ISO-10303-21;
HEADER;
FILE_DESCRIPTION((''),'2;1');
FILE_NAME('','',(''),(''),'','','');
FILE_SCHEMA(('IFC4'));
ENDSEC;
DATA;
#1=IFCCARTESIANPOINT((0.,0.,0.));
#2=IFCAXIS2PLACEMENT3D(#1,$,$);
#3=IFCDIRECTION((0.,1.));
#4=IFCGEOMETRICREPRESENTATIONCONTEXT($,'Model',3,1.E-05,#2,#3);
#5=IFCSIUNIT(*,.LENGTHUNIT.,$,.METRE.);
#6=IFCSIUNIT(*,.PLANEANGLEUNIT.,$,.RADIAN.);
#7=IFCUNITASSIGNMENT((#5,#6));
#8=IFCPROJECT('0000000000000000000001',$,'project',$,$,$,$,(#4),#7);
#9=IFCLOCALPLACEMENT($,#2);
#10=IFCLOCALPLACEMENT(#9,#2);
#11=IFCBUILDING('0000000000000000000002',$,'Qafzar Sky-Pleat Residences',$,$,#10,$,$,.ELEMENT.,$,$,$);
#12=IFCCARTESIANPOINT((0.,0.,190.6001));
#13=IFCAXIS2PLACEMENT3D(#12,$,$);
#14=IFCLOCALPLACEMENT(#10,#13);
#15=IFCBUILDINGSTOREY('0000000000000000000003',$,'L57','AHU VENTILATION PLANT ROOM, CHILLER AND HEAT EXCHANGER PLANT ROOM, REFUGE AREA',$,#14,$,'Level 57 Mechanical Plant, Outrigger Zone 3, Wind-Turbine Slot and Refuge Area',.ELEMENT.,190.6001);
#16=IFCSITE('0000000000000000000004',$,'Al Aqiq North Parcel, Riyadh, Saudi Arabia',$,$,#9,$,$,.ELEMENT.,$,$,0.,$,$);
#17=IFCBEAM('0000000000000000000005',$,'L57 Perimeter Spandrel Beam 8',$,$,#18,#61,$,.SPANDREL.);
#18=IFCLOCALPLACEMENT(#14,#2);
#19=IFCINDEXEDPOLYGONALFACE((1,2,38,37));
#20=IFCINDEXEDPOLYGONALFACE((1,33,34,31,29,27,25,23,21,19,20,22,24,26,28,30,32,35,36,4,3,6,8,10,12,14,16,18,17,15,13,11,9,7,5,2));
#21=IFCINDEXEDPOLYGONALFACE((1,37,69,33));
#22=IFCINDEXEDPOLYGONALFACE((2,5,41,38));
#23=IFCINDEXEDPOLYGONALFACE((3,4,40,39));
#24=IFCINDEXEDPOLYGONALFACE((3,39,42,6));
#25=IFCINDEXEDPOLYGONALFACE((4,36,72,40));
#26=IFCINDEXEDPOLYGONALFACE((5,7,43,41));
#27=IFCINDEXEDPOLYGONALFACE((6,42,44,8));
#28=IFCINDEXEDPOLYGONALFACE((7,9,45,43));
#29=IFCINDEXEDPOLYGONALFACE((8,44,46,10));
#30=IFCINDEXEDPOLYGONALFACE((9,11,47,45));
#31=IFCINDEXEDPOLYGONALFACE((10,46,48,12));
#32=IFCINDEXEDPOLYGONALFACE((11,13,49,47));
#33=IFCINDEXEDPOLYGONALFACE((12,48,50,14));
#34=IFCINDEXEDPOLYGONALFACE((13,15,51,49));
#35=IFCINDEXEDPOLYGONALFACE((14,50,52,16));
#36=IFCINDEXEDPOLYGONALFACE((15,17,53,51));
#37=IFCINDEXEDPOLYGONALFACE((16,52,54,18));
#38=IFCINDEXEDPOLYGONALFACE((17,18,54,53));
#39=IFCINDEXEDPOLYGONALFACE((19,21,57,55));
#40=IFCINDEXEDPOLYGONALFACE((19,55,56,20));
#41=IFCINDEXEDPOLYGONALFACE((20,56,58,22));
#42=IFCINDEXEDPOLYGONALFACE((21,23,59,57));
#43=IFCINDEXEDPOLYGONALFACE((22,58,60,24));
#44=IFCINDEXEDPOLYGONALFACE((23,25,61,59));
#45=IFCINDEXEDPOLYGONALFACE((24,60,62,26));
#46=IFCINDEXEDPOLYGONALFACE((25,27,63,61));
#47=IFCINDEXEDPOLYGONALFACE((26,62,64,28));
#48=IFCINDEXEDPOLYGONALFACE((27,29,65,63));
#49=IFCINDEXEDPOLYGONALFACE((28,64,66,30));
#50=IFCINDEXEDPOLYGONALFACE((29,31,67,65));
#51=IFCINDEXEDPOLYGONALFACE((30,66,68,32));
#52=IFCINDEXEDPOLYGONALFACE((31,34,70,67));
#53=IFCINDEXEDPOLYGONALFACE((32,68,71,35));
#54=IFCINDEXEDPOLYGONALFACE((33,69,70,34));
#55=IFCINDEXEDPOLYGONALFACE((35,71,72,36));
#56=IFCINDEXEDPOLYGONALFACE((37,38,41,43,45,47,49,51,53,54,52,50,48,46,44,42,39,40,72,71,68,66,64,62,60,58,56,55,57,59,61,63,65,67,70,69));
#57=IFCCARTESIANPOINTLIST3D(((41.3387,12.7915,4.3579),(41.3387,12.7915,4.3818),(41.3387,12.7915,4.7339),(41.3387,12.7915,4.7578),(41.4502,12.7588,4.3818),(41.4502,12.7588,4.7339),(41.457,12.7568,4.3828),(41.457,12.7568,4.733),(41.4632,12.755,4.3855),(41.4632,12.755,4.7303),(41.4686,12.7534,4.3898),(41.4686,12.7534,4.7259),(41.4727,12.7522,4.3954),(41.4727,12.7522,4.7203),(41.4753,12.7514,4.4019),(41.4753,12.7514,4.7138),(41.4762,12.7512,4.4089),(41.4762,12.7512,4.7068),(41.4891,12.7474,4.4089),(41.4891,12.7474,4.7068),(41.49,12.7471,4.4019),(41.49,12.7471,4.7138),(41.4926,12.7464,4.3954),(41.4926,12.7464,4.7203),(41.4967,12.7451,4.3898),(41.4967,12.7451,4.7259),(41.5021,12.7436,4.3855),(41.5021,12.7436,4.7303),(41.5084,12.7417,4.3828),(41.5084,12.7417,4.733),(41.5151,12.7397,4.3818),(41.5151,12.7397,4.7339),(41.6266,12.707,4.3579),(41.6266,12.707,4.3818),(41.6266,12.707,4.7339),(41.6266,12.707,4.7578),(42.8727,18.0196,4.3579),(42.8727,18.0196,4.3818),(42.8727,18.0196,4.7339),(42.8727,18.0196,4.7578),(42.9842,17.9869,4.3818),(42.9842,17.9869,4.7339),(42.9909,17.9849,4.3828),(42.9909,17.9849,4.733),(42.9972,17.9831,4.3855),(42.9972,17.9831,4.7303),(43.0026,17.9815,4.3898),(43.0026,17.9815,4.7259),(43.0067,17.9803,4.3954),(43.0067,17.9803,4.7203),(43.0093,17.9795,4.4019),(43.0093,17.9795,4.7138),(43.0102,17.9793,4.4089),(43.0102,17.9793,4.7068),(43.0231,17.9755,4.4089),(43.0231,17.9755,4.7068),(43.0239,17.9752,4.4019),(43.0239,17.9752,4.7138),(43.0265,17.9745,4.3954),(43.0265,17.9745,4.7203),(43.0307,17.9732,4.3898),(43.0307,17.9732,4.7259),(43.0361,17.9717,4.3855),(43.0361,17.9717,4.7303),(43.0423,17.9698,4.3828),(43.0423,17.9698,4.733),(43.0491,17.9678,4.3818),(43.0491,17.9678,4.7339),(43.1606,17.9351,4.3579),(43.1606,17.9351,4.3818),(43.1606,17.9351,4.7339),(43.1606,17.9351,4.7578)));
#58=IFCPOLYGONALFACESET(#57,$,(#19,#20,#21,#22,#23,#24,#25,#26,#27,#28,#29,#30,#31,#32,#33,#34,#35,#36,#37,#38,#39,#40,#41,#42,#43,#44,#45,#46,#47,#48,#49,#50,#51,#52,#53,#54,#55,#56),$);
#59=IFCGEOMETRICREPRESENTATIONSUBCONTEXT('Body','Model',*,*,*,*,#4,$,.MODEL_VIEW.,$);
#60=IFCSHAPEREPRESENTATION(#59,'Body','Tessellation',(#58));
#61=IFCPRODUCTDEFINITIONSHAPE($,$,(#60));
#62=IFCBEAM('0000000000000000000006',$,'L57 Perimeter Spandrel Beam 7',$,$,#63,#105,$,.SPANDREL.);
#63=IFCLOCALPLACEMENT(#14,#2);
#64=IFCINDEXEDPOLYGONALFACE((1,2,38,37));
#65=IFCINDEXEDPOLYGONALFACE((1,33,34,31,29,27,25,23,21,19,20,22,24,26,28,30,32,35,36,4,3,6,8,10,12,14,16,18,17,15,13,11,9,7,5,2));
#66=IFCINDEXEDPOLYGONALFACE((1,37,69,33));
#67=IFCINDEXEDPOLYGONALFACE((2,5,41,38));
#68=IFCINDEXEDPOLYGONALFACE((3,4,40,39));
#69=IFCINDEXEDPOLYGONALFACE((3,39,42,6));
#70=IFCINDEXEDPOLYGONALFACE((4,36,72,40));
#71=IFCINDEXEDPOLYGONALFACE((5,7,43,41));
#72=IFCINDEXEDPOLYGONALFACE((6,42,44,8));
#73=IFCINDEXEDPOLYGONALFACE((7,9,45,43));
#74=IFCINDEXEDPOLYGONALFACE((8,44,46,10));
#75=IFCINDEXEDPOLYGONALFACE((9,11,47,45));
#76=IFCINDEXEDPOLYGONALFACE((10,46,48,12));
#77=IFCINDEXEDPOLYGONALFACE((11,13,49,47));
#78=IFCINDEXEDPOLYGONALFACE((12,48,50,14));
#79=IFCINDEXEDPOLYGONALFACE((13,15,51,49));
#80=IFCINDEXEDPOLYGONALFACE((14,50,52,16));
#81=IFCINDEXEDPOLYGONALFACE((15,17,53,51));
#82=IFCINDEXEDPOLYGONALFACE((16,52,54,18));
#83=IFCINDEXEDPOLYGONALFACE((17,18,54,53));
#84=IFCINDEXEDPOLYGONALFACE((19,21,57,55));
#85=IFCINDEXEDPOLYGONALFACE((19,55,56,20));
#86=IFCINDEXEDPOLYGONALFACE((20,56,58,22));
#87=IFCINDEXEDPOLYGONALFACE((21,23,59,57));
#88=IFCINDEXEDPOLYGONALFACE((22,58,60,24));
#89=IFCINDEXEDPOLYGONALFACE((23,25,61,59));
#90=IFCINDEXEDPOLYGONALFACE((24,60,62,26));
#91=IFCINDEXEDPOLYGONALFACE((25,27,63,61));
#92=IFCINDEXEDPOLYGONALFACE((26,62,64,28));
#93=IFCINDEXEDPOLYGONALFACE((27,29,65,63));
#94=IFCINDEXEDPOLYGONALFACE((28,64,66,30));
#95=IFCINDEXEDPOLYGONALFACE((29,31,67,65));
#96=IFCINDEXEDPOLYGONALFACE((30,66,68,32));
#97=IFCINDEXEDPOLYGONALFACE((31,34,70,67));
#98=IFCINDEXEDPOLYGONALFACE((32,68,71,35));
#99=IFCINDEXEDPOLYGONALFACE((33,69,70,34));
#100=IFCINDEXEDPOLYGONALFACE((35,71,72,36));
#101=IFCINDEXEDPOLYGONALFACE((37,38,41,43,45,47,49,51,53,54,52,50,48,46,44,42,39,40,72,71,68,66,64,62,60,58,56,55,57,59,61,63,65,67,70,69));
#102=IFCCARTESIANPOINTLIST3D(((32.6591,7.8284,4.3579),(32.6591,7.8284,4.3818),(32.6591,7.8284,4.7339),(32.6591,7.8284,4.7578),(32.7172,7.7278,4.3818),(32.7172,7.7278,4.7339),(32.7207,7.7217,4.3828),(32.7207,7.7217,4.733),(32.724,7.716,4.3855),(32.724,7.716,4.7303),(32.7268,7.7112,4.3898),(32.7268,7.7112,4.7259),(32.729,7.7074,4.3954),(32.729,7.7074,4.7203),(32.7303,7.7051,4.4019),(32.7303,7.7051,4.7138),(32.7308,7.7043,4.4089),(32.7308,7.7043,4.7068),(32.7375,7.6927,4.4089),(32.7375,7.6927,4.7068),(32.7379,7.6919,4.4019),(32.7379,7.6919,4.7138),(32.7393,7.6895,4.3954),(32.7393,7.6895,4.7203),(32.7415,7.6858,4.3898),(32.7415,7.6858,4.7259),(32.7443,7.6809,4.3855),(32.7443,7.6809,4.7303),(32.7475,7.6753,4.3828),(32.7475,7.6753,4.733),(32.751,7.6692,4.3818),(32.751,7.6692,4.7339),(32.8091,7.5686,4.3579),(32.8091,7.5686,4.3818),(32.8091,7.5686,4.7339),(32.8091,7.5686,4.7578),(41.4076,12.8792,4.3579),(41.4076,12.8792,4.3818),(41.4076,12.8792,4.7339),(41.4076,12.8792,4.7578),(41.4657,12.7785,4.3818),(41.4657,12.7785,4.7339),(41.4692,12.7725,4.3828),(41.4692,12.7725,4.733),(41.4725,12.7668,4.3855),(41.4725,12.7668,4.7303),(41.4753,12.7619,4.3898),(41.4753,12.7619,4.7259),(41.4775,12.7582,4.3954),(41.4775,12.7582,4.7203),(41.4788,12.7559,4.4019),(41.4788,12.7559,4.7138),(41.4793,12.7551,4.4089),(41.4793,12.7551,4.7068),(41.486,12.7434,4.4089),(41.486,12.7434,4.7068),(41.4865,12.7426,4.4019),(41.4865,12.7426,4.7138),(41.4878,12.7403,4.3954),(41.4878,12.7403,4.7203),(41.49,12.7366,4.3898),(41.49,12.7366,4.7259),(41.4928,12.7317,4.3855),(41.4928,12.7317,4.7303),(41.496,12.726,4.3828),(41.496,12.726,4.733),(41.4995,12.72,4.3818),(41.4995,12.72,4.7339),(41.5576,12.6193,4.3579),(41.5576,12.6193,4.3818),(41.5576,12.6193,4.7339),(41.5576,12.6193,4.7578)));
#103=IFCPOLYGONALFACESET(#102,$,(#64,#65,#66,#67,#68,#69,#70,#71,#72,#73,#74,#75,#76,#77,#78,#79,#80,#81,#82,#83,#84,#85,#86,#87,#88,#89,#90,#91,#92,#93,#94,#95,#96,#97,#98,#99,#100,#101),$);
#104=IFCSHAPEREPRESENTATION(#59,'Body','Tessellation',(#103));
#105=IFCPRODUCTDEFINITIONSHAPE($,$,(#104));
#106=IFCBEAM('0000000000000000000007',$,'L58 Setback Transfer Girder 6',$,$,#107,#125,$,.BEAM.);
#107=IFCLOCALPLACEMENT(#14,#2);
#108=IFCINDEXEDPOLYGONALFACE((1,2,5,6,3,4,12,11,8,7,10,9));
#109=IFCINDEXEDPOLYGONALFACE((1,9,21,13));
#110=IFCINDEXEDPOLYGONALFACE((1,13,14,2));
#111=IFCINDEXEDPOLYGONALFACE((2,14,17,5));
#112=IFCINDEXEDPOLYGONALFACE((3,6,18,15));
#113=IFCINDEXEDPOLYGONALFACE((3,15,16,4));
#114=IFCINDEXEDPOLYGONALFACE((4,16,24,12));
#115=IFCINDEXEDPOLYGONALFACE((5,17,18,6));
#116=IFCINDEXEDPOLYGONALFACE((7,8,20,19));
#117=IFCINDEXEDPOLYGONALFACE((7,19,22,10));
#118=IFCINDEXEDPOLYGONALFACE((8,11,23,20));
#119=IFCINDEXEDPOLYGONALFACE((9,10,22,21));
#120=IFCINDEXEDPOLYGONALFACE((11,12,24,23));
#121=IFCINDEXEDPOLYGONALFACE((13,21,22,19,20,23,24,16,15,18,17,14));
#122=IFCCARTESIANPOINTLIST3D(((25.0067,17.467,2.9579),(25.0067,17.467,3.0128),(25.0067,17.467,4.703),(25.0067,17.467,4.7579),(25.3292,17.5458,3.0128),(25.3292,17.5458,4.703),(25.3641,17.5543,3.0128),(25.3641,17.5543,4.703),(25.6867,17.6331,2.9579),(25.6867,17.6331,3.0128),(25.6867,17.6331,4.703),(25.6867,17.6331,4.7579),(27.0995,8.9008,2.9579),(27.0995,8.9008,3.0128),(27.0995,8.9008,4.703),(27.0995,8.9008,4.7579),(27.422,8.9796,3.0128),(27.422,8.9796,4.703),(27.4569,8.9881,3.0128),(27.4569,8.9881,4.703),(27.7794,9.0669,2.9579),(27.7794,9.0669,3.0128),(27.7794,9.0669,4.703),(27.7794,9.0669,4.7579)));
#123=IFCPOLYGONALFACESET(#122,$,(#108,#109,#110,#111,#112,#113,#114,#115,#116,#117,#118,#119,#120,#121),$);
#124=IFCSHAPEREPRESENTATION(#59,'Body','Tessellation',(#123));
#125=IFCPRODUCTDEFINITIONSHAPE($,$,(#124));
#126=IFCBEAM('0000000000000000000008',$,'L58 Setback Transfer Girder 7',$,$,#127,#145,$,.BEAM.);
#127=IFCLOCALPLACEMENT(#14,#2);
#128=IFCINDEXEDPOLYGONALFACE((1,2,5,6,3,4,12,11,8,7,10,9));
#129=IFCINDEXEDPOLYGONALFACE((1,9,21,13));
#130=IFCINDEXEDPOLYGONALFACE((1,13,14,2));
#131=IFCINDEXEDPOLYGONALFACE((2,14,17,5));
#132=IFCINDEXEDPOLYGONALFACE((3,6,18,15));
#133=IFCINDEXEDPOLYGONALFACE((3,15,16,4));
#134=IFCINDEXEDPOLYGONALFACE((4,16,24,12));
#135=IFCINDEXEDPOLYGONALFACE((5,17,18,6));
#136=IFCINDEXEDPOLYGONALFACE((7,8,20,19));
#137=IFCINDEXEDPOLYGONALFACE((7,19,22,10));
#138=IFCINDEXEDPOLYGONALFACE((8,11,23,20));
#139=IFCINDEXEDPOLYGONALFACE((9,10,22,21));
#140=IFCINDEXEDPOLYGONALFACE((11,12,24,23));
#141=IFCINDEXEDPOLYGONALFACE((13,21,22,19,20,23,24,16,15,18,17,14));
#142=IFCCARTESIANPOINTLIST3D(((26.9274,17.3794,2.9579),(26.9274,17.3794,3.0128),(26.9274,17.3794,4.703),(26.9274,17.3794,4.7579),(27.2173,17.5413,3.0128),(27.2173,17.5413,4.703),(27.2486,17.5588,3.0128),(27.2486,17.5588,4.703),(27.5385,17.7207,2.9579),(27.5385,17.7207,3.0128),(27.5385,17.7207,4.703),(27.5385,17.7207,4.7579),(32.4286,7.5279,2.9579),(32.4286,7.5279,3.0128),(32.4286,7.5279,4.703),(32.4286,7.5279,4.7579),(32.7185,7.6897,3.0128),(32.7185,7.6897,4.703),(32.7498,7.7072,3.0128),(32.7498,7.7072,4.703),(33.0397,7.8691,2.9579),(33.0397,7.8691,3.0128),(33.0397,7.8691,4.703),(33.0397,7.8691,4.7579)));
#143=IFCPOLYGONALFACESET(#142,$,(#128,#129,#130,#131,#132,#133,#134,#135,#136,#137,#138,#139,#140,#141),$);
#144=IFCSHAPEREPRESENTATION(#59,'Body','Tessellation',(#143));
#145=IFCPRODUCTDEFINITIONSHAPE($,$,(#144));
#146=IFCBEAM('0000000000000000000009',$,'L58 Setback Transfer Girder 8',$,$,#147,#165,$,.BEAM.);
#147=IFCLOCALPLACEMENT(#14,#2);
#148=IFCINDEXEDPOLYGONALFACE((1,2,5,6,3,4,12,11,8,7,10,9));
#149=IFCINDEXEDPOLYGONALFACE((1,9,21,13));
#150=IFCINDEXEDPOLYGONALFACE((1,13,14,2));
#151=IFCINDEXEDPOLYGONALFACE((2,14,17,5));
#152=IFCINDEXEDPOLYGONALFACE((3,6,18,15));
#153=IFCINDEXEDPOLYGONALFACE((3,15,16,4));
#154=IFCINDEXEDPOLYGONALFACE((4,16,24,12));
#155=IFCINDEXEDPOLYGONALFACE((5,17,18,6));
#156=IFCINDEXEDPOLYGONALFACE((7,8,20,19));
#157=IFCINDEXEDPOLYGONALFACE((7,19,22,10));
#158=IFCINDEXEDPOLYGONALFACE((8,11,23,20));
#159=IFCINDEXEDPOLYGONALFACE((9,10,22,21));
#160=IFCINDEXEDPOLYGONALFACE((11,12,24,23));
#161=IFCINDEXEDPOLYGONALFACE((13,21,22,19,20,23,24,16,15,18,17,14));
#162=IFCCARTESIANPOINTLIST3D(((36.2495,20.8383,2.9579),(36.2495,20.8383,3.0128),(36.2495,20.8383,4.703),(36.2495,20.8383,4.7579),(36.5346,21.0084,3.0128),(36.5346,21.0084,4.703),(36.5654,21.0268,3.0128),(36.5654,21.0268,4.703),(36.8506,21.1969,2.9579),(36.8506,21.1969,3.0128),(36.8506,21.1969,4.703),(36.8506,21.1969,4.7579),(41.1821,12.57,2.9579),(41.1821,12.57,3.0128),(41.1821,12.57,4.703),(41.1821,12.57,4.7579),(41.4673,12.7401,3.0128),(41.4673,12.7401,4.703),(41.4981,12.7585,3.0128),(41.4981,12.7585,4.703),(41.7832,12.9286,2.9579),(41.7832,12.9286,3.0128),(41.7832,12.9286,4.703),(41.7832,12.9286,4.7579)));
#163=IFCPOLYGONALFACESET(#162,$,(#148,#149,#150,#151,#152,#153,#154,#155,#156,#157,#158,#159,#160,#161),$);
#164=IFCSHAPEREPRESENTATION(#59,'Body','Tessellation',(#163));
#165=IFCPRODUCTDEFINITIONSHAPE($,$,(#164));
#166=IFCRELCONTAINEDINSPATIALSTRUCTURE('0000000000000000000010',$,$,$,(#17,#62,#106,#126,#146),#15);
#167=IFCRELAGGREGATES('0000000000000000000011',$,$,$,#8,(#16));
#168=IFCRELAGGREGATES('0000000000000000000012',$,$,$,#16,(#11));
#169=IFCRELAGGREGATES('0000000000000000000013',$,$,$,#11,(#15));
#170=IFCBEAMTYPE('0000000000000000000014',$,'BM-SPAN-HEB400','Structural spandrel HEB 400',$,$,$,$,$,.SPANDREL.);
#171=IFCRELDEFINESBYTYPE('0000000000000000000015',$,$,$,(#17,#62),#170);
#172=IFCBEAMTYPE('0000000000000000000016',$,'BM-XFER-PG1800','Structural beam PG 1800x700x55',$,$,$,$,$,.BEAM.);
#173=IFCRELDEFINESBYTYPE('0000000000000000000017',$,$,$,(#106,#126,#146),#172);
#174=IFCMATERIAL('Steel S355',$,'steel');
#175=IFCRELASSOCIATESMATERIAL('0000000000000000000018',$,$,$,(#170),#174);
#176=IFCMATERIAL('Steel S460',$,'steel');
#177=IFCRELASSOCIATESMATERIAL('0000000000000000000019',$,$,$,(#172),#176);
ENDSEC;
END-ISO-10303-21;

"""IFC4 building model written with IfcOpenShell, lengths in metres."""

from ifc_helpers import new_model, si_unit, direction, frame, origin, origin_2d, place, context, subcontext, project, spatial, i_section, extrude, source, transform, mapped, material, material_profile, profile_set, type_object, element, save


model = new_model("IFC4")

# Units and contexts
model_context = context("Model", 3, precision=1e-05, world=origin(), true_north=direction((0.0, 1.0)))
body_context = subcontext(model_context, "Body", "Model", "MODEL_VIEW")
ifc_project = project(units=[si_unit("LENGTHUNIT", "METRE"), si_unit("PLANEANGLEUNIT", "RADIAN")], contexts=[model_context])

# Site, building, storey
site_placement = place(None, origin())
site = spatial("IfcSite", under=ifc_project, at=site_placement, Name="Al Aqiq North Parcel, Riyadh, Saudi Arabia", CompositionType="ELEMENT", RefElevation=0.0)
building_placement = place(site_placement, origin())
building = spatial("IfcBuilding", under=site, at=building_placement, Name="Qafzar Sky-Pleat Residences", CompositionType="ELEMENT")
storey_placement = place(building_placement, frame((0.0, 0.0, 190.6001)))
storey = spatial("IfcBuildingStorey", under=building, at=storey_placement, Name="L57", Description="AHU VENTILATION PLANT ROOM, CHILLER AND HEAT EXCHANGER PLANT ROOM, REFUGE AREA", LongName="Level 57 Mechanical Plant, Outrigger Zone 3, Wind-Turbine Slot and Refuge Area", CompositionType="ELEMENT", Elevation=190.6001)

# Shared definitions
ifc_material_1 = material(Name="Steel S355", Category="steel")

# Beams
ifc_material_profile_1 = material_profile(ifc_material_1, i_section(OverallWidth=0.3, OverallDepth=0.3999, WebThickness=0.0134, FlangeThickness=0.0239, FilletRadius=0.0271, at=origin_2d()), Name="HEB 400")
ifc_profile_set_1 = profile_set([ifc_material_profile_1], Name="Steel S355")
beam_type_1 = type_object("IfcBeamType", Name="BM-SPAN-HEB400", Description="Structural spandrel HEB 400", PredefinedType="SPANDREL", material=ifc_profile_set_1)
shared_shape_1 = source(origin(), body_context, "Body", "SweptSolid", [
    extrude(i_section(OverallWidth=0.3, OverallDepth=0.3999, WebThickness=0.0134, FlangeThickness=0.0239, FilletRadius=0.0271, at=origin_2d()), origin(), (0.0, 0.0, 1.0), 5.4485),
])
for number, where, z_axis, x_axis, name in (
    (1, (41.4827, 12.7493, 4.5579), (0.281538, 0.95955, 0.0), (-0.95955, 0.281538, 0.0), "L57 Perimeter Spandrel Beam 8"),
):
    element("IfcBeam", number, at=place(storey_placement, frame(where, z_axis=z_axis, x_axis=x_axis)), inside=storey, type_object=beam_type_1, Name=name, PredefinedType="SPANDREL", context=body_context, shape_type="MappedRepresentation", body=[
        mapped(shared_shape_1, transform((0.0, 0.0, 0.0), x_axis=(1.0, 0.0, 0.0), y_axis=(0.0, 1.0, 0.0), z_axis=(0.0, 0.0, 1.0), scale=1.0)),
    ])
shared_shape_2 = source(origin(), body_context, "Body", "SweptSolid", [
    extrude(i_section(OverallWidth=0.3, OverallDepth=0.3999, WebThickness=0.0134, FlangeThickness=0.0239, FilletRadius=0.0271, at=origin_2d()), origin(), (0.0, 0.0, 1.0), 10.1018),
])
beam_1_placement = place(storey_placement, frame((32.7341, 7.6985, 4.5579), z_axis=(0.866033, 0.499986, 0.0), x_axis=(-0.499986, 0.866033, 0.0)))
element("IfcBeam", 2, at=beam_1_placement, inside=storey, type_object=beam_type_1, Name="L57 Perimeter Spandrel Beam 7", PredefinedType="SPANDREL", context=body_context, shape_type="MappedRepresentation", body=[
    mapped(shared_shape_2, transform((0.0, 0.0, 0.0), x_axis=(1.0, 0.0, 0.0), y_axis=(0.0, 1.0, 0.0), z_axis=(0.0, 0.0, 1.0), scale=1.0)),
])
ifc_material_2 = material(Name="Steel S460", Category="steel")
ifc_material_profile_2 = material_profile(ifc_material_2, i_section(OverallWidth=0.7, OverallDepth=1.8, WebThickness=0.0359, FlangeThickness=0.0549, at=origin_2d()), Name="PG 1800x700x55")
ifc_profile_set_2 = profile_set([ifc_material_profile_2], Name="Steel S460")
beam_type_2 = type_object("IfcBeamType", Name="BM-XFER-PG1800", Description="Structural beam PG 1800x700x55", PredefinedType="BEAM", material=ifc_profile_set_2)
shared_shape_3 = source(origin(), body_context, "Body", "SweptSolid", [
    extrude(i_section(OverallWidth=0.7, OverallDepth=1.8, WebThickness=0.0359, FlangeThickness=0.0549, at=origin_2d()), origin(), (0.0, 0.0, 1.0), 8.8181),
])
beam_2_placement = place(storey_placement, frame((27.4395, 8.9839, 3.8579), z_axis=(-0.237327, 0.97143, 0.0), x_axis=(-0.97143, -0.237327, 0.0)))
element("IfcBeam", 3, at=beam_2_placement, inside=storey, type_object=beam_type_2, Name="L58 Setback Transfer Girder 6", PredefinedType="BEAM", context=body_context, shape_type="MappedRepresentation", body=[
    mapped(shared_shape_3, transform((0.0, 0.0, 0.0), x_axis=(1.0, 0.0, 0.0), y_axis=(0.0, 1.0, 0.0), z_axis=(0.0, 0.0, 1.0), scale=1.0)),
])
shared_shape_4 = source(origin(), body_context, "Body", "SweptSolid", [
    extrude(i_section(OverallWidth=0.7, OverallDepth=1.8, WebThickness=0.0359, FlangeThickness=0.0549, at=origin_2d()), origin(), (0.0, 0.0, 1.0), 11.2834),
])
beam_3_placement = place(storey_placement, frame((32.7341, 7.6985, 3.8579), z_axis=(-0.487547, 0.873097, 0.0), x_axis=(-0.873097, -0.487547, 0.0)))
element("IfcBeam", 4, at=beam_3_placement, inside=storey, type_object=beam_type_2, Name="L58 Setback Transfer Girder 7", PredefinedType="BEAM", context=body_context, shape_type="MappedRepresentation", body=[
    mapped(shared_shape_4, transform((0.0, 0.0, 0.0), x_axis=(1.0, 0.0, 0.0), y_axis=(0.0, 1.0, 0.0), z_axis=(0.0, 0.0, 1.0), scale=1.0)),
])
shared_shape_5 = source(origin(), body_context, "Body", "SweptSolid", [
    extrude(i_section(OverallWidth=0.7, OverallDepth=1.8, WebThickness=0.0359, FlangeThickness=0.0549, at=origin_2d()), origin(), (0.0, 0.0, 1.0), 9.6279),
])
beam_4_placement = place(storey_placement, frame((41.4827, 12.7493, 3.8579), z_axis=(-0.512328, 0.85879, 0.0), x_axis=(-0.85879, -0.512328, 0.0)))
element("IfcBeam", 5, at=beam_4_placement, inside=storey, type_object=beam_type_2, Name="L58 Setback Transfer Girder 8", PredefinedType="BEAM", context=body_context, shape_type="MappedRepresentation", body=[
    mapped(shared_shape_5, transform((0.0, 0.0, 0.0), x_axis=(1.0, 0.0, 0.0), y_axis=(0.0, 1.0, 0.0), z_axis=(0.0, 0.0, 1.0), scale=1.0)),
])

save(model, "model.ifc")
